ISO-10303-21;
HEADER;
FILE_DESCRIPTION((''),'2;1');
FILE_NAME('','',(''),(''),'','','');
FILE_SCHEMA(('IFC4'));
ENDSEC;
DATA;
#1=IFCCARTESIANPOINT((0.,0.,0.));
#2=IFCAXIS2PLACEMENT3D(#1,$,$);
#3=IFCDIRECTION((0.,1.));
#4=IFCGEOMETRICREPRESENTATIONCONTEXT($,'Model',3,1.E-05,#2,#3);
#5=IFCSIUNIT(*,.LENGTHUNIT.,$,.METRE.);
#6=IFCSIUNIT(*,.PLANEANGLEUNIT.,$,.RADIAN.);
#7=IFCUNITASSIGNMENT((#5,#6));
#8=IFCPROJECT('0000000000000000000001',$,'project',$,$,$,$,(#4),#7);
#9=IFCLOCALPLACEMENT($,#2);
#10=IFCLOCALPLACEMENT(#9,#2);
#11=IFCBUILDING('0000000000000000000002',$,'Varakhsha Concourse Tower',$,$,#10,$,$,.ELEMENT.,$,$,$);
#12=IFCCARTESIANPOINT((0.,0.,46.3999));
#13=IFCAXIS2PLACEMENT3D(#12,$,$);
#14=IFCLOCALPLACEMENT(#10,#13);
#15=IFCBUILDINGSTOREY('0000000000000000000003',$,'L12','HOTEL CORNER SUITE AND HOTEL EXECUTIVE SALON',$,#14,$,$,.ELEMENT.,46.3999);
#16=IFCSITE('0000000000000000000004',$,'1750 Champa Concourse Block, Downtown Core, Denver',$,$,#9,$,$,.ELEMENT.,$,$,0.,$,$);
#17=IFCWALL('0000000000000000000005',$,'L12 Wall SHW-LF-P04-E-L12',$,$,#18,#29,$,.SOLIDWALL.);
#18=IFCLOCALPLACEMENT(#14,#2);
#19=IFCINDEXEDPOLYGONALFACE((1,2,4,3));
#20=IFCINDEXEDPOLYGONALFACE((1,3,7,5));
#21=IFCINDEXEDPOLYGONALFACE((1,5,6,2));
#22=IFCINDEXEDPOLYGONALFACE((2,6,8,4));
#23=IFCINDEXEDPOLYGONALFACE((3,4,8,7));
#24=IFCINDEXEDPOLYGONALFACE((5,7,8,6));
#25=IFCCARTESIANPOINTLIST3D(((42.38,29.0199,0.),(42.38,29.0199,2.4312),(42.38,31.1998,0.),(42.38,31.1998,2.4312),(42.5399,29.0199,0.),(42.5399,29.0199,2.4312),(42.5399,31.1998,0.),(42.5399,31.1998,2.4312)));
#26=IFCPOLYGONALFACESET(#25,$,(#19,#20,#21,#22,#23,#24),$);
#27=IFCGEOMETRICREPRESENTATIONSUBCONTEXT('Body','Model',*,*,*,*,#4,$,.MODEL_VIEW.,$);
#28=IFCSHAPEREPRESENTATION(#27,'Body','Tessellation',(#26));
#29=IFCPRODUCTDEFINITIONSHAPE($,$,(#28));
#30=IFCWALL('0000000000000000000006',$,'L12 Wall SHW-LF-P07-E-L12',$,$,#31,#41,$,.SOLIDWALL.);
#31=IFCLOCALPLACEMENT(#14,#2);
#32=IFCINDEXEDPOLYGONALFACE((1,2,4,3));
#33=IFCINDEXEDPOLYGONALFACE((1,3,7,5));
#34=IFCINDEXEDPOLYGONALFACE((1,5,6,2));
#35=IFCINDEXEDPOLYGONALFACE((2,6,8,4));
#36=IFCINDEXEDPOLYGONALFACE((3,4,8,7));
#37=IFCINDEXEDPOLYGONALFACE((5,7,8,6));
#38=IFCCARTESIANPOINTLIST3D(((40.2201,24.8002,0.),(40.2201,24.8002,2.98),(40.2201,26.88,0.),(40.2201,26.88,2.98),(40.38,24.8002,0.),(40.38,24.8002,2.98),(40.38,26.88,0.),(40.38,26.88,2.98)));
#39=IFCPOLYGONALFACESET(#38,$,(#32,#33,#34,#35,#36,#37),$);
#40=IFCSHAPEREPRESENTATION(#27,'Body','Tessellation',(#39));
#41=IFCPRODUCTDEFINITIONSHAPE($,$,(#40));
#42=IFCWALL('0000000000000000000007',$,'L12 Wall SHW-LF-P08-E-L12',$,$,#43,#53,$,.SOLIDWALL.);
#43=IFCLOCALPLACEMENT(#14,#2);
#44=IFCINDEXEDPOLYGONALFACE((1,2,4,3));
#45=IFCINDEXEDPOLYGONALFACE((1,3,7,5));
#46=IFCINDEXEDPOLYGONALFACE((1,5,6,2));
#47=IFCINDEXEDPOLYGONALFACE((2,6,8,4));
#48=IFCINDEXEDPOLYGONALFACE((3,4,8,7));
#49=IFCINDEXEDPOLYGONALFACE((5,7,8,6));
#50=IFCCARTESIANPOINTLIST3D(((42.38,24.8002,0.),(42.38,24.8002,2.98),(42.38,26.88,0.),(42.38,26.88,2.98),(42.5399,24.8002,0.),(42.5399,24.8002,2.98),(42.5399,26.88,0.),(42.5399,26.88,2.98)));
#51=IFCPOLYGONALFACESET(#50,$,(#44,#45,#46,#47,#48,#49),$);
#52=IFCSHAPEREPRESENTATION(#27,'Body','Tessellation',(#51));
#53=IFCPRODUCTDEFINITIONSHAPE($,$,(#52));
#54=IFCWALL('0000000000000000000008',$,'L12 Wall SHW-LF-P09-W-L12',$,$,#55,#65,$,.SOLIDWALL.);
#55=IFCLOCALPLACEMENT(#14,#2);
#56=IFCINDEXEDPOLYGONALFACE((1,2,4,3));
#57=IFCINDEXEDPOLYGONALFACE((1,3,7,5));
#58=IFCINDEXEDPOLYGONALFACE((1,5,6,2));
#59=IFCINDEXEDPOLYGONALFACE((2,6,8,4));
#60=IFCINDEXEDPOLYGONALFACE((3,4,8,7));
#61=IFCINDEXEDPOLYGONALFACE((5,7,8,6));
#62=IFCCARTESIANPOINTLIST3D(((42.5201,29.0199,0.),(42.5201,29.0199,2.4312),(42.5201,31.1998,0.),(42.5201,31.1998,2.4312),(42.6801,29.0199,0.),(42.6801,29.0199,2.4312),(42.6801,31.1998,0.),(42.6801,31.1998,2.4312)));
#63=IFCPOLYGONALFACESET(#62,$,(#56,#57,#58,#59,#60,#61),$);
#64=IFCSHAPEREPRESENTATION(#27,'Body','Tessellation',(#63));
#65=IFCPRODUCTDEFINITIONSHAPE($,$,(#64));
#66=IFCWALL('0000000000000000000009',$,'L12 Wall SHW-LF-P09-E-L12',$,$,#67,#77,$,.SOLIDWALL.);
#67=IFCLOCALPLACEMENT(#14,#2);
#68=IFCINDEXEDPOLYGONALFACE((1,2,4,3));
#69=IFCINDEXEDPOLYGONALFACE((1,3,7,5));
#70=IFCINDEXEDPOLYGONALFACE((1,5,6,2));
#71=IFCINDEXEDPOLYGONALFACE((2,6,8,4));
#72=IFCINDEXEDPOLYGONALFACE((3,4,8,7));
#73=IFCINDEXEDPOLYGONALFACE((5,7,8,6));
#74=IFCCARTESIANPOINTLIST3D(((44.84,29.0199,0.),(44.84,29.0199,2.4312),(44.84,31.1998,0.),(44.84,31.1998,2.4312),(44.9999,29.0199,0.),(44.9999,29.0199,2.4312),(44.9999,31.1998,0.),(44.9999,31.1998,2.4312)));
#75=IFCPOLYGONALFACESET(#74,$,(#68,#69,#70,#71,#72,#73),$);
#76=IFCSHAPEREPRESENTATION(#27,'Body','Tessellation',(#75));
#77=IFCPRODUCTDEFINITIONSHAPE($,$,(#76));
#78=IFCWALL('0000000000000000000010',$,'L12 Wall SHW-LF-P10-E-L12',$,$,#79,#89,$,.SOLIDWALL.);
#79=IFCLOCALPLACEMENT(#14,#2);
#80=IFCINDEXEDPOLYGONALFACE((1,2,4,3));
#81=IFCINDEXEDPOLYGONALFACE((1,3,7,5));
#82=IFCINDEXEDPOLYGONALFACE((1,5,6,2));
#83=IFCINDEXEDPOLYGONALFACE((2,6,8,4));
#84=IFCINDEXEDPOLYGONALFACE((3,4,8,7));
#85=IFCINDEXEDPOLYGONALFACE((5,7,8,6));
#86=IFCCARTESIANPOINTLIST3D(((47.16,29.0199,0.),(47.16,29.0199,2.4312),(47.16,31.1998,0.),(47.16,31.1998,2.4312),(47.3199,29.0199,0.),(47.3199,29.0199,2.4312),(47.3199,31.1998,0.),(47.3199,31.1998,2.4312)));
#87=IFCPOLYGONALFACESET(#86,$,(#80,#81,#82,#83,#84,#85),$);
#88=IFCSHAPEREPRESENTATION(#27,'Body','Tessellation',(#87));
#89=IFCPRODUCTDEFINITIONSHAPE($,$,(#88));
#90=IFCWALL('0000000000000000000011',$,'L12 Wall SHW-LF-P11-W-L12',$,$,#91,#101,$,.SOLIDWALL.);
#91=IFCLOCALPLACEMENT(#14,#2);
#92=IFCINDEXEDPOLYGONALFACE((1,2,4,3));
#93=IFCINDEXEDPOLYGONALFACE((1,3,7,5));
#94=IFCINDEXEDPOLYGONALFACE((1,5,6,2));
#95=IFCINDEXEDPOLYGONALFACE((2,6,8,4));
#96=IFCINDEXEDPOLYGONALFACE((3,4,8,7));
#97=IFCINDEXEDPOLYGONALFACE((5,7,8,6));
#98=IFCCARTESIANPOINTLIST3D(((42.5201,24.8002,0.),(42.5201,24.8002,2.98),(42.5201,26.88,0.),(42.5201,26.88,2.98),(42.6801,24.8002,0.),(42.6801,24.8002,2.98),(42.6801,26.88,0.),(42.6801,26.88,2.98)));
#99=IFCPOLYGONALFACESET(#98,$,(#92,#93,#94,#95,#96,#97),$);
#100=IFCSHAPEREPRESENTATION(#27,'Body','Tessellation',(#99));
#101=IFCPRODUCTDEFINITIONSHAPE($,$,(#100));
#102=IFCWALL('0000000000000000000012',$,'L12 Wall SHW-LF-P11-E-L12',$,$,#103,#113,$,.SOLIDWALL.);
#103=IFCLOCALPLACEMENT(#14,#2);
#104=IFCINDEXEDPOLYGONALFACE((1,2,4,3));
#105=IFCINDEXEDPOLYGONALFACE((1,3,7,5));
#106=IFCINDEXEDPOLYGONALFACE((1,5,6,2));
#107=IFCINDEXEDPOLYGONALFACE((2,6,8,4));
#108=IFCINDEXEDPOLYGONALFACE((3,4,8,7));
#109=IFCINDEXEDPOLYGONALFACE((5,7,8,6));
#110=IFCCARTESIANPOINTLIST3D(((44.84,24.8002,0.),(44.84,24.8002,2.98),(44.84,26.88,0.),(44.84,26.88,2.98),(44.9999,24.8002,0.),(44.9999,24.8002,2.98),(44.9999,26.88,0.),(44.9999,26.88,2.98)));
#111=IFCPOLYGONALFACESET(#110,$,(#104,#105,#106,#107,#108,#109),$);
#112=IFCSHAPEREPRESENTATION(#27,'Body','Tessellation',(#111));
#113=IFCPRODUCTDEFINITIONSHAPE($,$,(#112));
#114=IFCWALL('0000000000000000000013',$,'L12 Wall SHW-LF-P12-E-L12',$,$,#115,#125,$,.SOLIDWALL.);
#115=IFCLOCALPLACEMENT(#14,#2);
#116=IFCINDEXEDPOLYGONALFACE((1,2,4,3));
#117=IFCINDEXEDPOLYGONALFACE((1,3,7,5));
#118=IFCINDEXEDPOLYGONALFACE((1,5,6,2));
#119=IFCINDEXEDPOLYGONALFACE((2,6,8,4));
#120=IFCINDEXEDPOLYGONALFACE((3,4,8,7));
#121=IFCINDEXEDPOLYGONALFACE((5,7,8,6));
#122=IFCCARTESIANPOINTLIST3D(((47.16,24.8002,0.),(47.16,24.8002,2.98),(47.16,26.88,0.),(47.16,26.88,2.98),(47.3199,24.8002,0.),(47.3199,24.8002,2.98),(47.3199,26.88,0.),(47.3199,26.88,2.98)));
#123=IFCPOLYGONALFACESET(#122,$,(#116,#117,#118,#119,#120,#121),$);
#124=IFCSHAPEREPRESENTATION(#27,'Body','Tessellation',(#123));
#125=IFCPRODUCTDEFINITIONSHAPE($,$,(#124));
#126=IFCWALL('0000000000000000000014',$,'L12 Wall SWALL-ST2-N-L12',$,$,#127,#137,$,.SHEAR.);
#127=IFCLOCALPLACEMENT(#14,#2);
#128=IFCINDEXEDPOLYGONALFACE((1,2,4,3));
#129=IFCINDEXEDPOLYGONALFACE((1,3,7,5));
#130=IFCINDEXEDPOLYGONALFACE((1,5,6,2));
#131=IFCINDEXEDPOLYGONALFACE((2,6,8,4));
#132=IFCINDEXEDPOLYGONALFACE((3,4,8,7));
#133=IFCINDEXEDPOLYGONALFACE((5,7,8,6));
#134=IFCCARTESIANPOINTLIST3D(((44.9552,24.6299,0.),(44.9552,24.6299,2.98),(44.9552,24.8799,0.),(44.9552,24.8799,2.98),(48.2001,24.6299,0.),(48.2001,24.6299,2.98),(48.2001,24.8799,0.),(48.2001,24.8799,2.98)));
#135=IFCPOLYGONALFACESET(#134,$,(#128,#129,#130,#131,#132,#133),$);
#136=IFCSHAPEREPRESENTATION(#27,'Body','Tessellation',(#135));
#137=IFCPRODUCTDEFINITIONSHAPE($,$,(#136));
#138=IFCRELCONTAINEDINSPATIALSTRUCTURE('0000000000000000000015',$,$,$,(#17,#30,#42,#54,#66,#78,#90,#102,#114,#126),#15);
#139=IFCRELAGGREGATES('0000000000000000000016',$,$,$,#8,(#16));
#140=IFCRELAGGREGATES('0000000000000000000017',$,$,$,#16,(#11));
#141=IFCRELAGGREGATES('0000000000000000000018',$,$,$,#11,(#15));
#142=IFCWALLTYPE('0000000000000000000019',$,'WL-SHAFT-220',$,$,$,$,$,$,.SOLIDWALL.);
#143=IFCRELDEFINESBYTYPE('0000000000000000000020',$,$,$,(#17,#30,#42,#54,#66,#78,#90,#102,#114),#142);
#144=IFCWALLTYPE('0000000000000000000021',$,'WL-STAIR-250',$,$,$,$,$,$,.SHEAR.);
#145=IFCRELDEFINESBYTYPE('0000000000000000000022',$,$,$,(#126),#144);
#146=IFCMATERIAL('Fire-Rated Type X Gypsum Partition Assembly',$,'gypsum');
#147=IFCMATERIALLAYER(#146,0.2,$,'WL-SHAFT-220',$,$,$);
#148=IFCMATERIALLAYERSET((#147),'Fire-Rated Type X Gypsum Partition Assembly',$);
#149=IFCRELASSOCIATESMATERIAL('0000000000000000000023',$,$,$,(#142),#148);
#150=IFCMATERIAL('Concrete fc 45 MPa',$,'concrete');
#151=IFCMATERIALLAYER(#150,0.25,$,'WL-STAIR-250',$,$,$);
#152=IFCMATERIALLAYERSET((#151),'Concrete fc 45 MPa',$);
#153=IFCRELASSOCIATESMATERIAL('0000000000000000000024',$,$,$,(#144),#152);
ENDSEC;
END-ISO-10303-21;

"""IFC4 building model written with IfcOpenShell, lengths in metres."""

from ifc_helpers import new_model, si_unit, direction, frame, frame_2d, origin, place, context, subcontext, project, spatial, rectangle, extrude, material, layer, layer_set, type_object, element, save


model = new_model("IFC4")

# Units and contexts
model_context = context("Model", 3, precision=1e-05, world=origin(), true_north=direction((0.0, 1.0)))
body_context = subcontext(model_context, "Body", "Model", "MODEL_VIEW")
ifc_project = project(units=[si_unit("LENGTHUNIT", "METRE"), si_unit("PLANEANGLEUNIT", "RADIAN")], contexts=[model_context])

# Site, building, storey
site_placement = place(None, origin())
site = spatial("IfcSite", under=ifc_project, at=site_placement, Name="1750 Champa Concourse Block, Downtown Core, Denver", CompositionType="ELEMENT", RefElevation=0.0)
building_placement = place(site_placement, origin())
building = spatial("IfcBuilding", under=site, at=building_placement, Name="Varakhsha Concourse Tower", CompositionType="ELEMENT")
storey_placement = place(building_placement, frame((0.0, 0.0, 46.3999)))
storey = spatial("IfcBuildingStorey", under=building, at=storey_placement, Name="L12", Description="HOTEL CORNER SUITE AND HOTEL EXECUTIVE SALON", CompositionType="ELEMENT", Elevation=46.3999)

# Shared definitions
ifc_material_1 = material(Name="Fire-Rated Type X Gypsum Partition Assembly", Category="gypsum")

# Walls
ifc_layer_1 = layer(ifc_material_1, 0.2, Name="WL-SHAFT-220")
ifc_layer_set_1 = layer_set([ifc_layer_1], Name="Fire-Rated Type X Gypsum Partition Assembly")
wall_type_1 = type_object("IfcWallType", Name="WL-SHAFT-220", PredefinedType="SOLIDWALL", material=ifc_layer_set_1)
for number, where, z_axis, x_axis, name in (
    (1, (42.46, 29.02, 0.0), (0.0, 0.0, 1.0), (0.0, 1.0, 0.0), "L12 Wall SHW-LF-P04-E-L12"),
):
    element("IfcWall", number, at=place(storey_placement, frame(where, z_axis=z_axis, x_axis=x_axis)), inside=storey, type_object=wall_type_1, Name=name, PredefinedType="SOLIDWALL", context=body_context, shape_type="SweptSolid", body=[
        extrude(rectangle(XDim=2.1799, YDim=0.1599, at=frame_2d((1.0898, 0.0))), origin(), (0.0, 0.0, 1.0), 2.4312),
    ])
for number, where, z_axis, x_axis, name in (
    (2, (40.3, 24.8, 0.0), (0.0, 0.0, 1.0), (0.0, 1.0, 0.0), "L12 Wall SHW-LF-P07-E-L12"),
    (3, (42.46, 24.8, 0.0), (0.0, 0.0, 1.0), (0.0, 1.0, 0.0), "L12 Wall SHW-LF-P08-E-L12"),
):
    element("IfcWall", number, at=place(storey_placement, frame(where, z_axis=z_axis, x_axis=x_axis)), inside=storey, type_object=wall_type_1, Name=name, PredefinedType="SOLIDWALL", context=body_context, shape_type="SweptSolid", body=[
        extrude(rectangle(XDim=2.0798, YDim=0.1599, at=frame_2d((1.04, 0.0))), origin(), (0.0, 0.0, 1.0), 2.98),
    ])
for number, where, z_axis, x_axis, name in (
    (4, (42.6001, 29.02, 0.0), (0.0, 0.0, 1.0), (0.0, 1.0, 0.0), "L12 Wall SHW-LF-P09-W-L12"),
    (5, (44.9199, 29.02, 0.0), (0.0, 0.0, 1.0), (0.0, 1.0, 0.0), "L12 Wall SHW-LF-P09-E-L12"),
    (6, (47.24, 29.02, 0.0), (0.0, 0.0, 1.0), (0.0, 1.0, 0.0), "L12 Wall SHW-LF-P10-E-L12"),
):
    element("IfcWall", number, at=place(storey_placement, frame(where, z_axis=z_axis, x_axis=x_axis)), inside=storey, type_object=wall_type_1, Name=name, PredefinedType="SOLIDWALL", context=body_context, shape_type="SweptSolid", body=[
        extrude(rectangle(XDim=2.1799, YDim=0.1599, at=frame_2d((1.0898, 0.0))), origin(), (0.0, 0.0, 1.0), 2.4312),
    ])
for number, where, z_axis, x_axis, name in (
    (7, (42.6001, 24.8, 0.0), (0.0, 0.0, 1.0), (0.0, 1.0, 0.0), "L12 Wall SHW-LF-P11-W-L12"),
    (8, (44.9199, 24.8, 0.0), (0.0, 0.0, 1.0), (0.0, 1.0, 0.0), "L12 Wall SHW-LF-P11-E-L12"),
    (9, (47.24, 24.8, 0.0), (0.0, 0.0, 1.0), (0.0, 1.0, 0.0), "L12 Wall SHW-LF-P12-E-L12"),
):
    element("IfcWall", number, at=place(storey_placement, frame(where, z_axis=z_axis, x_axis=x_axis)), inside=storey, type_object=wall_type_1, Name=name, PredefinedType="SOLIDWALL", context=body_context, shape_type="SweptSolid", body=[
        extrude(rectangle(XDim=2.0798, YDim=0.1599, at=frame_2d((1.04, 0.0))), origin(), (0.0, 0.0, 1.0), 2.98),
    ])
ifc_material_2 = material(Name="Concrete fc 45 MPa", Category="concrete")
ifc_layer_2 = layer(ifc_material_2, 0.25, Name="WL-STAIR-250")
ifc_layer_set_2 = layer_set([ifc_layer_2], Name="Concrete fc 45 MPa")
wall_type_2 = type_object("IfcWallType", Name="WL-STAIR-250", PredefinedType="SHEAR", material=ifc_layer_set_2)
wall_1_placement = place(storey_placement, frame((44.9551, 24.7549, 0.0), z_axis=(0.0, 0.0, 1.0), x_axis=(1.0, 0.0, 0.0)))
element("IfcWall", 10, at=wall_1_placement, inside=storey, type_object=wall_type_2, Name="L12 Wall SWALL-ST2-N-L12", PredefinedType="SHEAR", context=body_context, shape_type="SweptSolid", body=[
    extrude(rectangle(XDim=3.2449, YDim=0.25, at=frame_2d((1.6226, 0.0))), origin(), (0.0, 0.0, 1.0), 2.98),
])

save(model, "model.ifc")
